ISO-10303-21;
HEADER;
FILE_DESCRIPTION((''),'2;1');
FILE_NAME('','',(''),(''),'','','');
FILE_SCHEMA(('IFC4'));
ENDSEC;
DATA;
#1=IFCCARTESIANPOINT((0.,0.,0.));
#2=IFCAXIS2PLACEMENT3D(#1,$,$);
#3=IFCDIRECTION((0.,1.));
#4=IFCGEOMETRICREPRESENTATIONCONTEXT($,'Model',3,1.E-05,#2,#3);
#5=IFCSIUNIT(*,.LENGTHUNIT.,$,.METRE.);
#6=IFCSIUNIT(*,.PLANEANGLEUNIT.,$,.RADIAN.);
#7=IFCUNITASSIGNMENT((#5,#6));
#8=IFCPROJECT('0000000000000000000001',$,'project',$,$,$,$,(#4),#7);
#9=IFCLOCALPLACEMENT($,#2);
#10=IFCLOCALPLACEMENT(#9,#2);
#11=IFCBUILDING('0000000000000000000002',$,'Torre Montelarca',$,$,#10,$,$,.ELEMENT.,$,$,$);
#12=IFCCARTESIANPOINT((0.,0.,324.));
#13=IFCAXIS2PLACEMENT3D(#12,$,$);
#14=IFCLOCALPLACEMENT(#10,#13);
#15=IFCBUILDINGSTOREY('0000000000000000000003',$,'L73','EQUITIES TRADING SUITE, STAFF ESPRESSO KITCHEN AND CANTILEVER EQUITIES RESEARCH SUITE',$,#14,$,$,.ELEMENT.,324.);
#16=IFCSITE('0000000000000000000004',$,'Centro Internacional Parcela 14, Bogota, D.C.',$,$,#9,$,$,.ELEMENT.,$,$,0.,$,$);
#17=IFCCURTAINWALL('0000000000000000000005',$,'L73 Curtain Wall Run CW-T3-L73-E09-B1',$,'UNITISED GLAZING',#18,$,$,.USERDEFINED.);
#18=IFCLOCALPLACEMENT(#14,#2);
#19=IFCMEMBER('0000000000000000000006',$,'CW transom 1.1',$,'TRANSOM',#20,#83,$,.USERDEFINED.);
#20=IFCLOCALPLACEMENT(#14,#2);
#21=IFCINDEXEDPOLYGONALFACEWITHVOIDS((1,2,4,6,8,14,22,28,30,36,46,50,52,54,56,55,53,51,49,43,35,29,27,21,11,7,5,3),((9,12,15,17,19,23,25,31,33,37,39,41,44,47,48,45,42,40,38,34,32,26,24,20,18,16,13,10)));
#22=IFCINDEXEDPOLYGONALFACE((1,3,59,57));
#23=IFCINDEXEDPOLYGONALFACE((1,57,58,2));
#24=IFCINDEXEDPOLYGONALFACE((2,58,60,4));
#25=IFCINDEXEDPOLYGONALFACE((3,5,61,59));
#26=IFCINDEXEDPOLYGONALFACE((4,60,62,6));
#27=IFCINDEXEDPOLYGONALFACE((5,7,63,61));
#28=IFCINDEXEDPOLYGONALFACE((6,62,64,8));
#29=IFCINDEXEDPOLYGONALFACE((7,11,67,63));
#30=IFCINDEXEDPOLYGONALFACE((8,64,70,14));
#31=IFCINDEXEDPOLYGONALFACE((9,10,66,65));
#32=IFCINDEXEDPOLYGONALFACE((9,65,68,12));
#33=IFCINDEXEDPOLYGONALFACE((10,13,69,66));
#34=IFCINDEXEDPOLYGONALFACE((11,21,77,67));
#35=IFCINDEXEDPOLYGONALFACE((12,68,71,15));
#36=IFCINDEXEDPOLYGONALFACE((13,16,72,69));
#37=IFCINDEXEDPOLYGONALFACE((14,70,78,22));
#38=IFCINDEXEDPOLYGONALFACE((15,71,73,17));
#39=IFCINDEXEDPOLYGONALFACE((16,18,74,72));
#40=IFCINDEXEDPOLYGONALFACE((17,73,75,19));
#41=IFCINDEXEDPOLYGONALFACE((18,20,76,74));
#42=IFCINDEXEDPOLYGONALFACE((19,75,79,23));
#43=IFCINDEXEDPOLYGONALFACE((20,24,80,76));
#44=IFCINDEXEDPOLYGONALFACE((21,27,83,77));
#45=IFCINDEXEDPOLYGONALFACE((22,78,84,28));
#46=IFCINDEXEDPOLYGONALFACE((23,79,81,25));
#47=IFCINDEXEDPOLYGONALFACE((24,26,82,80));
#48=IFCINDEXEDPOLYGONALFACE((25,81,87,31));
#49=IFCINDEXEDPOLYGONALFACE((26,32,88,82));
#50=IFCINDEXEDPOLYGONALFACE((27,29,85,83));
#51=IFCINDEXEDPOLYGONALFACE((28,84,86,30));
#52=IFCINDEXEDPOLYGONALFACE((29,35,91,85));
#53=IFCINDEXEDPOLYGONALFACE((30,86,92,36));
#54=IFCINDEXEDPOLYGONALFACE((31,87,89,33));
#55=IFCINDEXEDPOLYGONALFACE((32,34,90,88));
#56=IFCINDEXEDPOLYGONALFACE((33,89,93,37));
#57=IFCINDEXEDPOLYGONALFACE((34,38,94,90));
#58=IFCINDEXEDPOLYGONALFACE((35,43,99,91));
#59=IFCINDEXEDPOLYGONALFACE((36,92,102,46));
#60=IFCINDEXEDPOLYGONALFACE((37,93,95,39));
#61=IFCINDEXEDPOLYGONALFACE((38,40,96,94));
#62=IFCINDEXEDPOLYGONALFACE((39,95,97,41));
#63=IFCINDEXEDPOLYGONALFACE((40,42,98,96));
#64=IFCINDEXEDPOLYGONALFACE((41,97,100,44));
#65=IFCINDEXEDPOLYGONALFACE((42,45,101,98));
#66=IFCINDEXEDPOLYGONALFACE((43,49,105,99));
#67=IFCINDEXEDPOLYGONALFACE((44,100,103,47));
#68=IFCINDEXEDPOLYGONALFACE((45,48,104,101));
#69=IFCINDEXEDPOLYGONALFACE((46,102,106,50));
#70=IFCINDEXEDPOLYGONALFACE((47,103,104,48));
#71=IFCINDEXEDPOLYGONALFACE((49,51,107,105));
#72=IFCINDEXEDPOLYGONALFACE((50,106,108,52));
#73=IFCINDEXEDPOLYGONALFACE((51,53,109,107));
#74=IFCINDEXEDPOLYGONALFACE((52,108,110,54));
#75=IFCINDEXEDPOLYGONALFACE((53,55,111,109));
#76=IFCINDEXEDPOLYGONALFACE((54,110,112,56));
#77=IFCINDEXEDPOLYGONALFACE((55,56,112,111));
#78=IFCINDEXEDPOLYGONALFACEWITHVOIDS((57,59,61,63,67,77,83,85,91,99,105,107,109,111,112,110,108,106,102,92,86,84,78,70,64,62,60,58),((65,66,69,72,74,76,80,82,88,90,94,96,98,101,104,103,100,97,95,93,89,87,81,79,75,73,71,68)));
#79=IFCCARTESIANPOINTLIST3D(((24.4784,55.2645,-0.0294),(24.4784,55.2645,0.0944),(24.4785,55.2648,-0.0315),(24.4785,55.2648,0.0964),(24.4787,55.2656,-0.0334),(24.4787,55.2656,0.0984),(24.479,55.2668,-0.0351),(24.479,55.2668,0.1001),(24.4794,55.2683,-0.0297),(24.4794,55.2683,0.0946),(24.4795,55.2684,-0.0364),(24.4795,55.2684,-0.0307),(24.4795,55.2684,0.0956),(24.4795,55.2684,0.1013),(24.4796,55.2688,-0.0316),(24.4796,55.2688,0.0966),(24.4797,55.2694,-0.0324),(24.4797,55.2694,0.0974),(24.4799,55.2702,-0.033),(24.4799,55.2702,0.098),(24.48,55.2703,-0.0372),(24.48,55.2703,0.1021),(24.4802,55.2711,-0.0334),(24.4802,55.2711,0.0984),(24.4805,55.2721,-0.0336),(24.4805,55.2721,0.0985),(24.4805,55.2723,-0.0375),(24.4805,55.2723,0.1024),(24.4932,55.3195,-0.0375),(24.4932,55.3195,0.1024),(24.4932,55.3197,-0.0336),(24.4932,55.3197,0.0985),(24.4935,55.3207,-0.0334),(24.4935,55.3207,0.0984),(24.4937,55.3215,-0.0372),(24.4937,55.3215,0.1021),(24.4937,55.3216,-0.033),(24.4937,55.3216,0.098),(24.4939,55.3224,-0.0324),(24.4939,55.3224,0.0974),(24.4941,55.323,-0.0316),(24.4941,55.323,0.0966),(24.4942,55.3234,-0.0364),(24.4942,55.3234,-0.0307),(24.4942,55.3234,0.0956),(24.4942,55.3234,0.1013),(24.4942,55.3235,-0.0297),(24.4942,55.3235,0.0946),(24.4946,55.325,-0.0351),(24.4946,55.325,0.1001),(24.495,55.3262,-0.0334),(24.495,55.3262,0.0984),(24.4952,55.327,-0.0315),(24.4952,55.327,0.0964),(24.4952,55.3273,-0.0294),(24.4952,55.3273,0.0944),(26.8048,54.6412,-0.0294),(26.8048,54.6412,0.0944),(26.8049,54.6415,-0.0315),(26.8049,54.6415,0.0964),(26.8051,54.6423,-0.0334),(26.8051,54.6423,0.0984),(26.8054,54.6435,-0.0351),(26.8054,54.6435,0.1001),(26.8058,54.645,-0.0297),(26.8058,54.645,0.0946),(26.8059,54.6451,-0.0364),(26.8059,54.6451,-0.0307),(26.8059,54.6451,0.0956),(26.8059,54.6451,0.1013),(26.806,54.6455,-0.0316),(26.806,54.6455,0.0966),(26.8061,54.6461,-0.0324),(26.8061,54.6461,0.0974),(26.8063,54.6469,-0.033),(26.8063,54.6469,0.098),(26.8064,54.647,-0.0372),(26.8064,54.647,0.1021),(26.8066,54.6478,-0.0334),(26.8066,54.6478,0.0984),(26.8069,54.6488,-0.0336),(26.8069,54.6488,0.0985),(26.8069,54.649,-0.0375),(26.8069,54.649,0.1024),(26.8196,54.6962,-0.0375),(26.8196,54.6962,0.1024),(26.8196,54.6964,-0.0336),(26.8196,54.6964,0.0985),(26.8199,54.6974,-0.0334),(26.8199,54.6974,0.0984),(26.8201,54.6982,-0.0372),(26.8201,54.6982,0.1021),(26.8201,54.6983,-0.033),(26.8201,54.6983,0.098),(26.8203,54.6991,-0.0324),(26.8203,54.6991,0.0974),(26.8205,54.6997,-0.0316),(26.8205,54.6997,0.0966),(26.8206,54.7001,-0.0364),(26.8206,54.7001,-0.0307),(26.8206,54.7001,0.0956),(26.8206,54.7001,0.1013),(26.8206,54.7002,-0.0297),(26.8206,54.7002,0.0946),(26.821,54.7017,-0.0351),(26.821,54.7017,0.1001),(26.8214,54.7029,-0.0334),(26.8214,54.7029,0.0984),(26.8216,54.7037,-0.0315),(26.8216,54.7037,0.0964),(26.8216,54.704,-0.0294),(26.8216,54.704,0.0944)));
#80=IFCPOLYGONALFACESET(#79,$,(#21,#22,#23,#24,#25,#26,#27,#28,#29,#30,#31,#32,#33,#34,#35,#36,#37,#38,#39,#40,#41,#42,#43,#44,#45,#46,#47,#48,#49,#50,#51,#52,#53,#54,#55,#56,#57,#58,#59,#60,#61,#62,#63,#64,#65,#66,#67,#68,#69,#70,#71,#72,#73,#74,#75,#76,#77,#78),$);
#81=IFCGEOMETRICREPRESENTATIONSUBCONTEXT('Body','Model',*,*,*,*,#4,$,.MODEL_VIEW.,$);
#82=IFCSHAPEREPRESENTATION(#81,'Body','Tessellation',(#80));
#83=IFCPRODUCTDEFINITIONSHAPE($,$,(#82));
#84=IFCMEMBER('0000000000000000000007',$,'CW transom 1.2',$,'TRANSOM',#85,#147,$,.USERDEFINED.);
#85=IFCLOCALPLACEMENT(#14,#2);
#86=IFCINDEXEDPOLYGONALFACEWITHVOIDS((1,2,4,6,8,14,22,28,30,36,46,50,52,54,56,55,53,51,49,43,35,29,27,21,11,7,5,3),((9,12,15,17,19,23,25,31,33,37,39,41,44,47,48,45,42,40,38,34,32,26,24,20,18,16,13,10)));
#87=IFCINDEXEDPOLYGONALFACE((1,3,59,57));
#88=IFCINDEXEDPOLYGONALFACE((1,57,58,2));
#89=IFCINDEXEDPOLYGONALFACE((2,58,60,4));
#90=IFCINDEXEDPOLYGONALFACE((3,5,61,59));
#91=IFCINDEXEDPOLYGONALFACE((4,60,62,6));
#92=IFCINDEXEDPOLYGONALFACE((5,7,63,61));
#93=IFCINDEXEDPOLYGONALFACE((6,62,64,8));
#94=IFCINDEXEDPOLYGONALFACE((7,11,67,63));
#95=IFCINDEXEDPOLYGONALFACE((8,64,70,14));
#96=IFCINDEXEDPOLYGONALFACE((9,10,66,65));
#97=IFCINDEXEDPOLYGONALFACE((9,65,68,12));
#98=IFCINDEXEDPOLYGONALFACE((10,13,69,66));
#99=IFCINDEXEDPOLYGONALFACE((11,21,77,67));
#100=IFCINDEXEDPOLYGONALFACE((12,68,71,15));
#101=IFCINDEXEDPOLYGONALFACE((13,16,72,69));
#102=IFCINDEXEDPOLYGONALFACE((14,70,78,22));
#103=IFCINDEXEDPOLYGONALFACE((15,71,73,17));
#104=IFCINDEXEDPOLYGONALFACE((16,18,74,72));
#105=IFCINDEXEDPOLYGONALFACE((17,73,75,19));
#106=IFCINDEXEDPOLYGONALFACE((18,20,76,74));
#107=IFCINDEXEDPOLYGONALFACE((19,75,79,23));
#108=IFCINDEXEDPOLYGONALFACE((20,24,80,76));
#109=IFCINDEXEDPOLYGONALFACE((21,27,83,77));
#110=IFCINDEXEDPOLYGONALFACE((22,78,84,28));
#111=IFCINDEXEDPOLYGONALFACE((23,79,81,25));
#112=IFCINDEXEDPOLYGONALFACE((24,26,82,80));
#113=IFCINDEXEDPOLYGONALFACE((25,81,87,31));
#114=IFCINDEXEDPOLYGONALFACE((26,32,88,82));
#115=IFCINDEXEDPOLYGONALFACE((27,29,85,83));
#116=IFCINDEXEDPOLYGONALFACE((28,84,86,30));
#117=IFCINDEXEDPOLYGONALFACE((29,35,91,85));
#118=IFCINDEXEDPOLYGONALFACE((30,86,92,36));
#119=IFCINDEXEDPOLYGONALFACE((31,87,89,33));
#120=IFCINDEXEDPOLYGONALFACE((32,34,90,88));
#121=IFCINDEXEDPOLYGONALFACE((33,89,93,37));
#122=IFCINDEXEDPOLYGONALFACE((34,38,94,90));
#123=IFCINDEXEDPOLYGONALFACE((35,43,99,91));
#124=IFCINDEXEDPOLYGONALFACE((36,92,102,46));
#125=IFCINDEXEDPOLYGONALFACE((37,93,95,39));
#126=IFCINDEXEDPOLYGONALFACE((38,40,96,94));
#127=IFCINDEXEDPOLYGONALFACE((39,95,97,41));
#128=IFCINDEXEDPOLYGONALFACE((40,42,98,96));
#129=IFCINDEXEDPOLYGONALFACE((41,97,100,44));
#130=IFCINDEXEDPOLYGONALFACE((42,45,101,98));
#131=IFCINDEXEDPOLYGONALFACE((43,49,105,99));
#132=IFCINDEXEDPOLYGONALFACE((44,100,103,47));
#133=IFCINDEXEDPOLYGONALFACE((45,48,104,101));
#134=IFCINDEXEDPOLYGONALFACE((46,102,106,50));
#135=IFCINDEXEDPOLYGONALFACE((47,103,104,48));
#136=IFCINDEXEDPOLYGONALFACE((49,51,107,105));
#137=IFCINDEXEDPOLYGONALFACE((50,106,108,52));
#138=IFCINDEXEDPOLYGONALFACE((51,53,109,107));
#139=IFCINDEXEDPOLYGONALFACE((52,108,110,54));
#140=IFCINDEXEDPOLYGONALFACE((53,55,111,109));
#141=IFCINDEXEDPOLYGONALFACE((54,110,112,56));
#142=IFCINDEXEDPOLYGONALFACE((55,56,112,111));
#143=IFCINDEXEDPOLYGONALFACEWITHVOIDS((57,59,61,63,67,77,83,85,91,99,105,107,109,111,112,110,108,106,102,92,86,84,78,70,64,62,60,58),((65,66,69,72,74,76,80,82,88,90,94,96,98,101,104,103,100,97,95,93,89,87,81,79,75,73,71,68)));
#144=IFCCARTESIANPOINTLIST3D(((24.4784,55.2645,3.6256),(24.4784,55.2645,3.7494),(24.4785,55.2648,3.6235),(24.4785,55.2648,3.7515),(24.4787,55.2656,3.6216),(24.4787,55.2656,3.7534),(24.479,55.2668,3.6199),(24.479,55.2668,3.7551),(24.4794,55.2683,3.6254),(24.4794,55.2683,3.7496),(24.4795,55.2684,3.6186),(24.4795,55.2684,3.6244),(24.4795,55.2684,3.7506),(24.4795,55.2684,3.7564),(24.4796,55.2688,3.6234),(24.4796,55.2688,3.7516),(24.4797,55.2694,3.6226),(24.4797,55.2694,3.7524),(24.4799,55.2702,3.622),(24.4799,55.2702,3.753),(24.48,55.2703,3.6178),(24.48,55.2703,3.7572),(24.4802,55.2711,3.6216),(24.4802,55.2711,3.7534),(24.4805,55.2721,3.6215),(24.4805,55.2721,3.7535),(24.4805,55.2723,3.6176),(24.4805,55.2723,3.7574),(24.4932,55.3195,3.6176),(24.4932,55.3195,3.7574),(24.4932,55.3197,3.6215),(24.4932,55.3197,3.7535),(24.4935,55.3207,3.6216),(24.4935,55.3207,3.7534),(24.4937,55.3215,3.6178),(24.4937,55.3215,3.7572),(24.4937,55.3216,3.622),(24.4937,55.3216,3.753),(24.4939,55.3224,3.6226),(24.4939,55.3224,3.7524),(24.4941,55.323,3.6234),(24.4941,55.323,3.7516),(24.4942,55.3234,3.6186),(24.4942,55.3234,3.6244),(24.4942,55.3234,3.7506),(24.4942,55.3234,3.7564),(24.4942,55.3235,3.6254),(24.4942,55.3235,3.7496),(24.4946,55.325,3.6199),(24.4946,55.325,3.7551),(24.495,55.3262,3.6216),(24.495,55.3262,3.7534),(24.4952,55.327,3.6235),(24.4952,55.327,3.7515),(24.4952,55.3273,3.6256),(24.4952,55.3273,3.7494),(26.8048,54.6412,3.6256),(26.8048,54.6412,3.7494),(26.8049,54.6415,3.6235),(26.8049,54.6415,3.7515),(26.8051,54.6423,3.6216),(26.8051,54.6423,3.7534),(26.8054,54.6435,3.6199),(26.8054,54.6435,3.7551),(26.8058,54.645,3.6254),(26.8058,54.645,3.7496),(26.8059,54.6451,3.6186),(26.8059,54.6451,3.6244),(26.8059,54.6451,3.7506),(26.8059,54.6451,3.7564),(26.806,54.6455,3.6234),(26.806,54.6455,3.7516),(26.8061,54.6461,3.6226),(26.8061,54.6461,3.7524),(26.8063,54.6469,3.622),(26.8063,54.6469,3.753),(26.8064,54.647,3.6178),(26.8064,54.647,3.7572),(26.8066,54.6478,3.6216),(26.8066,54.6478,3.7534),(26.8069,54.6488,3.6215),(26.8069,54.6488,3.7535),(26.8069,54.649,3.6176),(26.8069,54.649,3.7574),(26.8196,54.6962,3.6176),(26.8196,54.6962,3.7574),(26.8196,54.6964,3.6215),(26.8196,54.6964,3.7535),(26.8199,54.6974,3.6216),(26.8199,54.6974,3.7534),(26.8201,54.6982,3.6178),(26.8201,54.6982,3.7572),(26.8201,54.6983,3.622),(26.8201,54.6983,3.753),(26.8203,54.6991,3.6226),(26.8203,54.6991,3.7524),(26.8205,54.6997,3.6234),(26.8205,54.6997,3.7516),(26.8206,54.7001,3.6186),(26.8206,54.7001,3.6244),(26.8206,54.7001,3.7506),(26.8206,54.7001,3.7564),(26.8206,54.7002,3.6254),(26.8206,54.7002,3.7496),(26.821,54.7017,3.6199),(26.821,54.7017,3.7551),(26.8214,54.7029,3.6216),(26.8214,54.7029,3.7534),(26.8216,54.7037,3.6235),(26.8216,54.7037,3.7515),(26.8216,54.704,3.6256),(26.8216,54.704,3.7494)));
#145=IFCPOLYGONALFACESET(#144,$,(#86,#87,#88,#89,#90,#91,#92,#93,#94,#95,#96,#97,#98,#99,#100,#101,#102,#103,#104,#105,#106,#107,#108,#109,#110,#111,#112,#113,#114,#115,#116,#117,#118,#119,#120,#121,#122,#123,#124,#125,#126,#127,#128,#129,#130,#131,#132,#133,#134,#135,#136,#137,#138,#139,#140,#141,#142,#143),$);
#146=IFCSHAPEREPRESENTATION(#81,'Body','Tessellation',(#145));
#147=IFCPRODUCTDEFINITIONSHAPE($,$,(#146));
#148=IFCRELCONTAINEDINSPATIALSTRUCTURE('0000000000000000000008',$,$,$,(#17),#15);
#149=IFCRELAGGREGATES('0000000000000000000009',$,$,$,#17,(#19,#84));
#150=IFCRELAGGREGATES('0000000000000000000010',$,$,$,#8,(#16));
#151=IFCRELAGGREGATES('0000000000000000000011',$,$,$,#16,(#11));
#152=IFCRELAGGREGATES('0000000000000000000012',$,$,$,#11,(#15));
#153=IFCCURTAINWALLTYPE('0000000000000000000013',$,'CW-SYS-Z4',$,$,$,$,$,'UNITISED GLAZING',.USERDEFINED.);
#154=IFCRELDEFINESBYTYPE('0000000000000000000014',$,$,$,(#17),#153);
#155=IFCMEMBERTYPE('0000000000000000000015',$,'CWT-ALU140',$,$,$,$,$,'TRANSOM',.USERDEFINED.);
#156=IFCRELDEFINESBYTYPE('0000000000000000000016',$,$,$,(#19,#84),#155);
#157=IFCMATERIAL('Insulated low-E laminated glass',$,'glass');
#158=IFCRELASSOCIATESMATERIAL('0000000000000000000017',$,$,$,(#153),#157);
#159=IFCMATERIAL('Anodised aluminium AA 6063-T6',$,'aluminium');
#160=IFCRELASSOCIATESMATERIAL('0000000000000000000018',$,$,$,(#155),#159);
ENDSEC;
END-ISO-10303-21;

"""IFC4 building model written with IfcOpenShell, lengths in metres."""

from ifc_helpers import new_model, si_unit, direction, frame, origin, origin_2d, place, context, subcontext, project, spatial, hollow_rectangle, extrude, source, transform, mapped, material, material_profile, profile_set, type_object, element, aggregate, save


model = new_model("IFC4")

# Units and contexts
model_context = context("Model", 3, precision=1e-05, world=origin(), true_north=direction((0.0, 1.0)))
body_context = subcontext(model_context, "Body", "Model", "MODEL_VIEW")
ifc_project = project(units=[si_unit("LENGTHUNIT", "METRE"), si_unit("PLANEANGLEUNIT", "RADIAN")], contexts=[model_context])

# Site, building, storey
site_placement = place(None, origin())
site = spatial("IfcSite", under=ifc_project, at=site_placement, Name="Centro Internacional Parcela 14, Bogota, D.C.", CompositionType="ELEMENT", RefElevation=0.0)
building_placement = place(site_placement, origin())
building = spatial("IfcBuilding", under=site, at=building_placement, Name="Torre Montelarca", CompositionType="ELEMENT")
storey_placement = place(building_placement, frame((0.0, 0.0, 324.0)))
storey = spatial("IfcBuildingStorey", under=building, at=storey_placement, Name="L73", Description="EQUITIES TRADING SUITE, STAFF ESPRESSO KITCHEN AND CANTILEVER EQUITIES RESEARCH SUITE", CompositionType="ELEMENT", Elevation=324.0)

# Curtain wall
ifc_material_1 = material(Name="Insulated low-E laminated glass", Category="glass")
curtain_wall_type = type_object("IfcCurtainWallType", Name="CW-SYS-Z4", ElementType="UNITISED GLAZING", PredefinedType="USERDEFINED", material=ifc_material_1)
curtain_wall_1_placement = place(storey_placement, origin())
curtain_wall_1 = element("IfcCurtainWall", 1, at=curtain_wall_1_placement, inside=storey, type_object=curtain_wall_type, Name="L73 Curtain Wall Run CW-T3-L73-E09-B1", ObjectType="UNITISED GLAZING", PredefinedType="USERDEFINED")
ifc_material_2 = material(Name="Anodised aluminium AA 6063-T6", Category="aluminium")

# Members
ifc_material_profile_1 = material_profile(ifc_material_2, hollow_rectangle(XDim=0.0649, YDim=0.1399, WallThickness=0.0039, InnerFilletRadius=0.0039, OuterFilletRadius=0.0081, at=origin_2d()), Name="ALU65X140X4", Category="aluminium")
ifc_profile_set_1 = profile_set([ifc_material_profile_1], Name="Anodised aluminium AA 6063-T6")
member_type_1 = type_object("IfcMemberType", Name="CWT-ALU140", ElementType="TRANSOM", PredefinedType="USERDEFINED", material=ifc_profile_set_1)
shared_shape_1 = source(origin(), body_context, "Body", "SweptSolid", [
    extrude(hollow_rectangle(XDim=0.0649, YDim=0.1399, WallThickness=0.0039, InnerFilletRadius=0.0039, OuterFilletRadius=0.0081, at=origin_2d()), origin(), (0.0, 0.0, 1.0), 2.4084),
])
member_1_placement = place(storey_placement, frame((26.8132, 54.6726, 0.0325), z_axis=(-0.965933, 0.258792, 0.0), x_axis=(-0.258792, -0.965933, 0.0)))
member_1 = element("IfcMember", 2, at=member_1_placement, type_object=member_type_1, Name="CW transom 1.1", ObjectType="TRANSOM", PredefinedType="USERDEFINED", context=body_context, shape_type="MappedRepresentation", body=[
    mapped(shared_shape_1, transform((0.0, 0.0, 0.0), scale=1.0)),
])
member_2_placement = place(storey_placement, frame((26.8132, 54.6726, 3.6875), z_axis=(-0.965933, 0.258792, 0.0), x_axis=(-0.258792, -0.965933, 0.0)))
member_2 = element("IfcMember", 3, at=member_2_placement, type_object=member_type_1, Name="CW transom 1.2", ObjectType="TRANSOM", PredefinedType="USERDEFINED", context=body_context, shape_type="MappedRepresentation", body=[
    mapped(shared_shape_1, transform((0.0, 0.0, 0.0), scale=1.0)),
])

aggregate(curtain_wall_1, [member_1, member_2])

save(model, "model.ifc")
